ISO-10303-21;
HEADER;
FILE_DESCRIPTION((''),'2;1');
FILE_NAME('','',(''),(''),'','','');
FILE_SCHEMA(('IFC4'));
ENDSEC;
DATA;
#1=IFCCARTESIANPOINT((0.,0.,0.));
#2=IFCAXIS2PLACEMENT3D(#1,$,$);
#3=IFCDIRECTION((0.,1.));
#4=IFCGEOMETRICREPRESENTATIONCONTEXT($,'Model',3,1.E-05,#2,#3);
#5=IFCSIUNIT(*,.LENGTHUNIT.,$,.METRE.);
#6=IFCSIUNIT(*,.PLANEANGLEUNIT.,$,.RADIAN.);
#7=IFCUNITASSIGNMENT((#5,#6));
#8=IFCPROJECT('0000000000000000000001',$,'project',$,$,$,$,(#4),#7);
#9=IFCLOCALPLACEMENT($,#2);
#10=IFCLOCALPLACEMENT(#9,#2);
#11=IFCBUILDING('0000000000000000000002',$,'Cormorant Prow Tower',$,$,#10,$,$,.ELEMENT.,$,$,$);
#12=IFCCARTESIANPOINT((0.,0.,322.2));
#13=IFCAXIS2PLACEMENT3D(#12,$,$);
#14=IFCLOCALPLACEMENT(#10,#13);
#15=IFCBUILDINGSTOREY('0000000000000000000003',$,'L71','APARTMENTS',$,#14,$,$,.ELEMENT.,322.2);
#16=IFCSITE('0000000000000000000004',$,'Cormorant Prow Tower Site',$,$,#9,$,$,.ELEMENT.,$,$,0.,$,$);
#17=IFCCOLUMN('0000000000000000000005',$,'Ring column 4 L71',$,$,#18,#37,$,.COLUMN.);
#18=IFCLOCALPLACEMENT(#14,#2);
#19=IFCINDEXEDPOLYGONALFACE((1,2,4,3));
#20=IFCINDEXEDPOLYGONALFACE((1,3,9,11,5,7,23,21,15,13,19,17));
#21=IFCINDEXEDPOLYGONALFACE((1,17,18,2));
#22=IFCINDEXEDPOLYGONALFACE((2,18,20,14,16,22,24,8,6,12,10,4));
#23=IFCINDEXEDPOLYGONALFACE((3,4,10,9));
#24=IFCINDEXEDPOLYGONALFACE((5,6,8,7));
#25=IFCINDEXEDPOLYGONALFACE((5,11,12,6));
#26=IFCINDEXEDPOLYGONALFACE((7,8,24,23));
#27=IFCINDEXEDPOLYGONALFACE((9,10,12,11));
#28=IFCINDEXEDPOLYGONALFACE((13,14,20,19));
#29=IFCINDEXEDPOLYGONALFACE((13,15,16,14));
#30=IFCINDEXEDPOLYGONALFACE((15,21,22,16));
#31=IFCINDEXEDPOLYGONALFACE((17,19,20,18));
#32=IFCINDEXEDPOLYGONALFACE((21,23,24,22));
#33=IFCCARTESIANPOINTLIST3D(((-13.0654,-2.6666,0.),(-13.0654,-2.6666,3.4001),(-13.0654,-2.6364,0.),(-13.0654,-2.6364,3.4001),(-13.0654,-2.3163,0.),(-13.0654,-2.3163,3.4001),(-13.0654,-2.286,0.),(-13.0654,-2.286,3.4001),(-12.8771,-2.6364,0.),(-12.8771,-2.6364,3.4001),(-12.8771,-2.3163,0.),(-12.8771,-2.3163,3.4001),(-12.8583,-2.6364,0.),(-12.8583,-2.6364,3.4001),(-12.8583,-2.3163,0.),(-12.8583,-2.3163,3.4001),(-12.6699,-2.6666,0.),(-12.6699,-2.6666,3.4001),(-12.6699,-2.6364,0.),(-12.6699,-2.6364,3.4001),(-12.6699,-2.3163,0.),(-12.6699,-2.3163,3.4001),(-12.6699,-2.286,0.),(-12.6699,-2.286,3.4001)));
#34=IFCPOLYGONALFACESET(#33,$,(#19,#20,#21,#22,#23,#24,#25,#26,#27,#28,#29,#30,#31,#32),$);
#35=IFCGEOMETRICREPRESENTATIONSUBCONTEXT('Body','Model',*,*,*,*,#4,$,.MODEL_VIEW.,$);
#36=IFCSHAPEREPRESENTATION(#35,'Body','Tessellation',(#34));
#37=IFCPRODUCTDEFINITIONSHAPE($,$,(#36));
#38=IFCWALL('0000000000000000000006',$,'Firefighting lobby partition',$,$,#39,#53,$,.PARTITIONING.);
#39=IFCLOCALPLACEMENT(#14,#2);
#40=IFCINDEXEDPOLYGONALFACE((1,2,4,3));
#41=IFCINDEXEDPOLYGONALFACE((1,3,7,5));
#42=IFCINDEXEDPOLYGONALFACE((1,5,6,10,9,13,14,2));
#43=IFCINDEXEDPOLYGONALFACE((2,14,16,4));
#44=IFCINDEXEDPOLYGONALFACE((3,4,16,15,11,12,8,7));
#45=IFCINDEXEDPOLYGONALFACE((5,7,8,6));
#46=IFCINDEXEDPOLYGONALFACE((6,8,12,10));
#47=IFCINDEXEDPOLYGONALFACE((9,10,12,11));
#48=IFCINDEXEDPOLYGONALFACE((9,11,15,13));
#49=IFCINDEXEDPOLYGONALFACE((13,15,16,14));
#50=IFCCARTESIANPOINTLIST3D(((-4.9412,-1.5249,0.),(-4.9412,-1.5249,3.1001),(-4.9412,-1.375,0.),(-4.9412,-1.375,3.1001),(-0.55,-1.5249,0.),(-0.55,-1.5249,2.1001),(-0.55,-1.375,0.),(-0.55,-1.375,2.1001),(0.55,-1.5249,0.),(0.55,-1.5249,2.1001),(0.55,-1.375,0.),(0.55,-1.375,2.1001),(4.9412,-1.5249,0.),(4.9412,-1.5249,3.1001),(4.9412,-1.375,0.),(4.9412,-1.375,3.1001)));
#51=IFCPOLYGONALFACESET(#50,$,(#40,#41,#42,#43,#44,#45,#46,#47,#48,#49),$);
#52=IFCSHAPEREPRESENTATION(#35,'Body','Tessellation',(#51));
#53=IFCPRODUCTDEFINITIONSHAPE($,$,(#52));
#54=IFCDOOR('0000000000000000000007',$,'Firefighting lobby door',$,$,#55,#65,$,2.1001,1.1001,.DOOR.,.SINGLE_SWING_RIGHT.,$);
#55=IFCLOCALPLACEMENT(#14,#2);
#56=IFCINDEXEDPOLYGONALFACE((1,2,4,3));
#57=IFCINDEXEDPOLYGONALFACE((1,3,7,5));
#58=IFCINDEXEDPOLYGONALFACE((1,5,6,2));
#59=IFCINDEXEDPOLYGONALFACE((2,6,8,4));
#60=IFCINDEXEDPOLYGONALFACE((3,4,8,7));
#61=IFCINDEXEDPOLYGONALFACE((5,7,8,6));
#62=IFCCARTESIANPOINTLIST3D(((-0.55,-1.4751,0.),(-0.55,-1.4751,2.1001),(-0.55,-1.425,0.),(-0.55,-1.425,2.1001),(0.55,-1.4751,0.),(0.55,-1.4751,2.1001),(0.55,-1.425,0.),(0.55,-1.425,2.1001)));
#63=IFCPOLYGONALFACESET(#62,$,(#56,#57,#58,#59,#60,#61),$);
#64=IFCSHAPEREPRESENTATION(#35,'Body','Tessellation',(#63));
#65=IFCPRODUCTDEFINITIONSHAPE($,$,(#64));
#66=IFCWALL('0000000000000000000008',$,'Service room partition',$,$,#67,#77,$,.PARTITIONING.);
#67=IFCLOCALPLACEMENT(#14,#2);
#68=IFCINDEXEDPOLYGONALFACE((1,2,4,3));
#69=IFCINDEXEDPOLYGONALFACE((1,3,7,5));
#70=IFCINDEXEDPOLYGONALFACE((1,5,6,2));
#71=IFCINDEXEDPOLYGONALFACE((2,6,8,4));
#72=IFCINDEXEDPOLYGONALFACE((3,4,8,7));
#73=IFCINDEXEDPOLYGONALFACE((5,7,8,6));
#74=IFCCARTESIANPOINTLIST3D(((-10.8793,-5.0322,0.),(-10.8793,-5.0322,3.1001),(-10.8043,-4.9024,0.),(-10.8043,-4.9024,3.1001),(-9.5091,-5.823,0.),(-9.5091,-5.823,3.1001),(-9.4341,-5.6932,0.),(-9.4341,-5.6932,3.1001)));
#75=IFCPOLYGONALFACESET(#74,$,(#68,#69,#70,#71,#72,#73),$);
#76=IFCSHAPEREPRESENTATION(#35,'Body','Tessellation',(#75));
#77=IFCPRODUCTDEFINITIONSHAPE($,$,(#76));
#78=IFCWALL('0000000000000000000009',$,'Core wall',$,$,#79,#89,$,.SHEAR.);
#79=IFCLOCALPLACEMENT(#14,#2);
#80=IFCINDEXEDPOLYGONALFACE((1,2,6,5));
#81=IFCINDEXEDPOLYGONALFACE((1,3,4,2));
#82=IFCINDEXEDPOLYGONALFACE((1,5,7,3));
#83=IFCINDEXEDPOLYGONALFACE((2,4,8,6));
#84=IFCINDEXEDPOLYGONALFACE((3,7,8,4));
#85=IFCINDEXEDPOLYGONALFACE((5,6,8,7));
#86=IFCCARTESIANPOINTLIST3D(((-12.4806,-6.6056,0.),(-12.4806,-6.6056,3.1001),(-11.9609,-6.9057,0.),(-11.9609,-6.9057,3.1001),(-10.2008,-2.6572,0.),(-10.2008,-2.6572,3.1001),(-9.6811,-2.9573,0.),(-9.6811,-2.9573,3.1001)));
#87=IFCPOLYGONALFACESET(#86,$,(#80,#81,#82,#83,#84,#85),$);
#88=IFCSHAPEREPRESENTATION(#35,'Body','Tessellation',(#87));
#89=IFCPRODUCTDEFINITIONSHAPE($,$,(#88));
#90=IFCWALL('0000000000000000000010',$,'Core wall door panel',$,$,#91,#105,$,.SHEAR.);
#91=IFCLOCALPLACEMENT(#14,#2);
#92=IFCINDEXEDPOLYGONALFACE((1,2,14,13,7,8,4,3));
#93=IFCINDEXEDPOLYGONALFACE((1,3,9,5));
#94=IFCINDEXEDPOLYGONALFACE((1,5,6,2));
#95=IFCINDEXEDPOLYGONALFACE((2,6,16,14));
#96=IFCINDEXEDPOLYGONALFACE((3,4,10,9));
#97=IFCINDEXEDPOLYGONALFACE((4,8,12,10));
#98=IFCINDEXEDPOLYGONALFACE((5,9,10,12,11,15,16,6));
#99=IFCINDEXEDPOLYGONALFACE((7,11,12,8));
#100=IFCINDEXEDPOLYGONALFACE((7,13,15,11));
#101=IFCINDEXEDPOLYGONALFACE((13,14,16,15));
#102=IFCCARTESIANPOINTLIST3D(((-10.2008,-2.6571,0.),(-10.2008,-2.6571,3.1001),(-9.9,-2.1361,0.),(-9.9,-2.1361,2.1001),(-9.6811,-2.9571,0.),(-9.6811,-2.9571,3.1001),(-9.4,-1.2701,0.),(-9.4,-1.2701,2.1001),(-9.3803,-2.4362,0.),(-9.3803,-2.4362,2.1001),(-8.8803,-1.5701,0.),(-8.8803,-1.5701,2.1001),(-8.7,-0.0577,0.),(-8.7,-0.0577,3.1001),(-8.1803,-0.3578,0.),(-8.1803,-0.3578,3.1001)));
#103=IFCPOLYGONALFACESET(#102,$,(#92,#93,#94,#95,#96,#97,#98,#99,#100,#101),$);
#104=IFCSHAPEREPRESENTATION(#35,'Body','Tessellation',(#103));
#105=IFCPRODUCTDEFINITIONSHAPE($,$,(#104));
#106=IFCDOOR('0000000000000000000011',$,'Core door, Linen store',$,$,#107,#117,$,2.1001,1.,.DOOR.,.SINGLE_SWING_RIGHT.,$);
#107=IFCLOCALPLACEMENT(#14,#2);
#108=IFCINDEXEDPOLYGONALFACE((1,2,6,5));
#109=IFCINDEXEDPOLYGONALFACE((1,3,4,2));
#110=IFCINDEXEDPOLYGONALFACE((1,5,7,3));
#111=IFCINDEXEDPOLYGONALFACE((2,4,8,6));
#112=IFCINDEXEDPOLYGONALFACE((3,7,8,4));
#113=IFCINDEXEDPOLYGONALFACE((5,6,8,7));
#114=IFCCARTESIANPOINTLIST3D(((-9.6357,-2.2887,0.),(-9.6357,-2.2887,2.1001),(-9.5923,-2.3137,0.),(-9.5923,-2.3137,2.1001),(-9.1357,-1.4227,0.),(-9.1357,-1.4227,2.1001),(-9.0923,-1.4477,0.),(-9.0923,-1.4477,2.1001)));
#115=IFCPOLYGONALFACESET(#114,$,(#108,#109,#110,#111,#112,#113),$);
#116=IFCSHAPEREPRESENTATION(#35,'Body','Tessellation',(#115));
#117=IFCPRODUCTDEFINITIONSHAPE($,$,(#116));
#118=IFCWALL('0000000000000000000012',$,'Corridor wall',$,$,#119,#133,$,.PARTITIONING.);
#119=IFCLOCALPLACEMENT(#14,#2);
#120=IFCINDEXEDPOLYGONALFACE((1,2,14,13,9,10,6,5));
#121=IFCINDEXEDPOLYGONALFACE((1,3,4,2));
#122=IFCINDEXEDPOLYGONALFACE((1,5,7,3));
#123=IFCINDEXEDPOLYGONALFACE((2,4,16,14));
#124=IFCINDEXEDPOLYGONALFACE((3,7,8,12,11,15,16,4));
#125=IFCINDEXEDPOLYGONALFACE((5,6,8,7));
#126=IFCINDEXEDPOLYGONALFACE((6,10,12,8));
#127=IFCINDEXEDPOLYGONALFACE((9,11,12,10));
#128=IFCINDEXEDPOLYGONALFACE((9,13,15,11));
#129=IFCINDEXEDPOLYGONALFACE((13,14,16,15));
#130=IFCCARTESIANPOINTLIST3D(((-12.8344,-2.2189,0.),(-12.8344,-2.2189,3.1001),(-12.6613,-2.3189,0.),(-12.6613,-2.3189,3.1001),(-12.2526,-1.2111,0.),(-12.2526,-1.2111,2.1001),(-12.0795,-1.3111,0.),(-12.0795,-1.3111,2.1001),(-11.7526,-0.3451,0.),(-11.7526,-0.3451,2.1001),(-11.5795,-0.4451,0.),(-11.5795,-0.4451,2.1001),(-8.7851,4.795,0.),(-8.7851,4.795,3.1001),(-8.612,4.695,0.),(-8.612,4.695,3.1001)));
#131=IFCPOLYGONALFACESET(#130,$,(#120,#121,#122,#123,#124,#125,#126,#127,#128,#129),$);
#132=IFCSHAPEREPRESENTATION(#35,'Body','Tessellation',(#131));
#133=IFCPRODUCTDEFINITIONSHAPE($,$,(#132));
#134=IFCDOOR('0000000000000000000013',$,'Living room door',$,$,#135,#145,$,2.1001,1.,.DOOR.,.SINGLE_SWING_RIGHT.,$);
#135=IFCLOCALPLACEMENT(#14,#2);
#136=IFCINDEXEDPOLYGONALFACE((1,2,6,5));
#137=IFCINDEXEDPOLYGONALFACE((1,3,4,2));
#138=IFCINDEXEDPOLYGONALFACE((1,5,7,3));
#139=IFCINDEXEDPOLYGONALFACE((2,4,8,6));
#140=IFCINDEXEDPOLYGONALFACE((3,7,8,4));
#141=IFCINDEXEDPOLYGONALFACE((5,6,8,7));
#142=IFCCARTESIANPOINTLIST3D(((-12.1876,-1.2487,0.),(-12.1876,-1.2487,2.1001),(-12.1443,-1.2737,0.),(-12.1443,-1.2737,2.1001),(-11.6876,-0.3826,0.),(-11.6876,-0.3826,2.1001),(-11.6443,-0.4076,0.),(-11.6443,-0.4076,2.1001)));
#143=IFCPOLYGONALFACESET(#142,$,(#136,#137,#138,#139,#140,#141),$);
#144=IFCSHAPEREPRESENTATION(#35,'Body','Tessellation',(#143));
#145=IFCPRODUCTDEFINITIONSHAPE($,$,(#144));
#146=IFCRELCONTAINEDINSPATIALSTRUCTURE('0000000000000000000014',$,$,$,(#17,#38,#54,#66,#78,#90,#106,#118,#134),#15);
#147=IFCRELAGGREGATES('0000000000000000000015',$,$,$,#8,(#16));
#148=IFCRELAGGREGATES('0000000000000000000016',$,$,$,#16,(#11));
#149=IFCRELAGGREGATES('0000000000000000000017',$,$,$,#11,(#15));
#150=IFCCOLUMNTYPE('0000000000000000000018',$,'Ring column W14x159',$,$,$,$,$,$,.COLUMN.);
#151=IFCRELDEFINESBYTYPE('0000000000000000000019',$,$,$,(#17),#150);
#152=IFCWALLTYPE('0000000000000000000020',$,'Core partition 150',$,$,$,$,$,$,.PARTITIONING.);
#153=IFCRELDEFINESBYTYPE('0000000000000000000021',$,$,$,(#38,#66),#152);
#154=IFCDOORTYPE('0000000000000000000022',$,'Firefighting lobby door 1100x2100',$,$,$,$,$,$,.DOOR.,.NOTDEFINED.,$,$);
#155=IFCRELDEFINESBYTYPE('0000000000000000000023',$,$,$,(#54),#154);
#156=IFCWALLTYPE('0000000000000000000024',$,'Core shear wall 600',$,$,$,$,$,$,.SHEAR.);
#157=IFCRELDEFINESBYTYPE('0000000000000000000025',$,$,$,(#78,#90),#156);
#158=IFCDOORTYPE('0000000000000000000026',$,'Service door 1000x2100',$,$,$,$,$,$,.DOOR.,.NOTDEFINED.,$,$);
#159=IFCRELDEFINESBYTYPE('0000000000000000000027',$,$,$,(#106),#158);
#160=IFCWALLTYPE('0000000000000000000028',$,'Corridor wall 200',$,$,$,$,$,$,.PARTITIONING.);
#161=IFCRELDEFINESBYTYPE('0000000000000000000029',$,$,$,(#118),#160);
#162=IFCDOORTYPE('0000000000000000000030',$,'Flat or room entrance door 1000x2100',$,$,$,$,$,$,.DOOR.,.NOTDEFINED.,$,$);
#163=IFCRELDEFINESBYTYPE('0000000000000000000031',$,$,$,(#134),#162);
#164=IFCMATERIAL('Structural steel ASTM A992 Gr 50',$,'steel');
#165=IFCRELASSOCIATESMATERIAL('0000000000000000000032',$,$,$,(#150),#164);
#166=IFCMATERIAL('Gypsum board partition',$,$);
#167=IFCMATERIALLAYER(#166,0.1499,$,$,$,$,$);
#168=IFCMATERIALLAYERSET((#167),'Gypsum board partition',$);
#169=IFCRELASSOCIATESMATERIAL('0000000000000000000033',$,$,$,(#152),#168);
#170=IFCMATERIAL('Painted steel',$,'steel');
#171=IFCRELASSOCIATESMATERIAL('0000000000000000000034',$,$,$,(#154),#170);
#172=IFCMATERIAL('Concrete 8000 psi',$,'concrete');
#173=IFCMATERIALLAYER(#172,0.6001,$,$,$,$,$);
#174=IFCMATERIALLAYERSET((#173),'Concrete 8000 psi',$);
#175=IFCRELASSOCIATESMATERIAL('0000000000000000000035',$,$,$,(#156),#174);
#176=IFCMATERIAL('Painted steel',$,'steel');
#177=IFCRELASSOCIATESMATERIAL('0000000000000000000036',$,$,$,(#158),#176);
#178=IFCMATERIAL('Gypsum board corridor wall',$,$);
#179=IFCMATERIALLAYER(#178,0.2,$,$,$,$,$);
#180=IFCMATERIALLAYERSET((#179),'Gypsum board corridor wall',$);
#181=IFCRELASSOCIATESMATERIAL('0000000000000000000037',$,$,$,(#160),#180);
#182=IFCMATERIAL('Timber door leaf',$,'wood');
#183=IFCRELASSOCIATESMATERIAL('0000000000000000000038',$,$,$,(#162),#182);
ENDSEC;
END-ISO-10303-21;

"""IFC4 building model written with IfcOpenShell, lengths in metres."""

from ifc_helpers import new_model, si_unit, direction, frame, frame_2d, origin, origin_2d, place, context, subcontext, project, spatial, rectangle, i_section, extrude, material, layer, layer_set, material_profile, profile_set, type_object, element, fill, save


model = new_model("IFC4")

# Units and contexts
model_context = context("Model", 3, precision=1e-05, world=origin(), true_north=direction((0.0, 1.0)))
body_context = subcontext(model_context, "Body", "Model", "MODEL_VIEW")
ifc_project = project(units=[si_unit("LENGTHUNIT", "METRE"), si_unit("PLANEANGLEUNIT", "RADIAN")], contexts=[model_context])

# Site, building, storey
site_placement = place(None, origin())
site = spatial("IfcSite", under=ifc_project, at=site_placement, Name="Cormorant Prow Tower Site", CompositionType="ELEMENT", RefElevation=0.0)
building_placement = place(site_placement, origin())
building = spatial("IfcBuilding", under=site, at=building_placement, Name="Cormorant Prow Tower", CompositionType="ELEMENT")
storey_placement = place(building_placement, frame((0.0, 0.0, 322.2)))
storey = spatial("IfcBuildingStorey", under=building, at=storey_placement, Name="L71", Description="APARTMENTS", CompositionType="ELEMENT", Elevation=322.2)

# Column
ifc_material_1 = material(Name="Structural steel ASTM A992 Gr 50", Category="steel")
ifc_material_profile = material_profile(ifc_material_1, i_section(OverallWidth=0.3955, OverallDepth=0.3806, WebThickness=0.0188, FlangeThickness=0.0303, at=origin_2d()), Name="W14x159")
ifc_profile_set = profile_set([ifc_material_profile], Name="Structural steel ASTM A992 Gr 50")
column_type = type_object("IfcColumnType", Name="Ring column W14x159", PredefinedType="COLUMN", material=ifc_profile_set)
column_placement = place(storey_placement, frame((-12.8677, -2.4763, 0.0), z_axis=(0.0, 0.0, 1.0), x_axis=(1.0, 0.0, 0.0)))
element("IfcColumn", 1, at=column_placement, inside=storey, type_object=column_type, Name="Ring column 4 L71", PredefinedType="COLUMN", context=body_context, shape_type="SweptSolid", body=[
    extrude(i_section(OverallWidth=0.3955, OverallDepth=0.3806, WebThickness=0.0188, FlangeThickness=0.0303, at=origin_2d()), origin(), (0.0, 0.0, 1.0), 3.4001),
])

# Wall, opening, door
ifc_material_2 = material(Name="Gypsum board partition")
ifc_layer_1 = layer(ifc_material_2, 0.1499)
ifc_layer_set_1 = layer_set([ifc_layer_1], Name="Gypsum board partition")
wall_type_1 = type_object("IfcWallType", Name="Core partition 150", PredefinedType="PARTITIONING", material=ifc_layer_set_1)
wall_1_placement = place(storey_placement, frame((-4.9412, -1.45, 0.0), z_axis=(0.0, 0.0, 1.0), x_axis=(1.0, 0.0, 0.0)))
wall_1 = element("IfcWall", 2, at=wall_1_placement, inside=storey, type_object=wall_type_1, Name="Firefighting lobby partition", PredefinedType="PARTITIONING", context=body_context, shape_type="SweptSolid", body=[
    extrude(rectangle(XDim=9.8823, YDim=0.1499, at=frame_2d((4.9412, 0.0))), origin(), (0.0, 0.0, 1.0), 3.1001),
])
opening_1_placement = place(wall_1_placement, frame((4.3911, 0.0, 0.0)))
opening_1 = element("IfcOpeningElement", 3, at=opening_1_placement, cuts=wall_1, PredefinedType="OPENING", context=body_context, shape_type="SweptSolid", body=[
    extrude(rectangle(XDim=1.1001, YDim=2.1001, at=frame_2d((0.55, 1.05))), frame((0.0, 0.085, 0.0), z_axis=(0.0, -1.0, 0.0), x_axis=(1.0, 0.0, 0.0)), (0.0, 0.0, 1.0), 0.1699),
])
ifc_material_3 = material(Name="Painted steel", Category="steel")
door_type_1 = type_object("IfcDoorType", Name="Firefighting lobby door 1100x2100", OperationType="NOTDEFINED", PredefinedType="DOOR", material=ifc_material_3)
door_1_placement = place(opening_1_placement, origin())
door_1 = element("IfcDoor", 4, at=door_1_placement, inside=storey, type_object=door_type_1, Name="Firefighting lobby door", OperationType="SINGLE_SWING_RIGHT", OverallHeight=2.1001, OverallWidth=1.1001, PredefinedType="DOOR", context=body_context, shape_type="SweptSolid", body=[
    extrude(rectangle(XDim=1.1001, YDim=2.1001, at=frame_2d((0.55, 1.05))), frame((0.0, 0.0249, 0.0), z_axis=(0.0, -1.0, 0.0), x_axis=(1.0, 0.0, 0.0)), (0.0, 0.0, 1.0), 0.05),
])
fill(opening_1, door_1)

# Walls
wall_2_placement = place(storey_placement, frame((-10.8418, -4.9673, 0.0), z_axis=(0.0, 0.0, 1.0), x_axis=(0.866098, -0.499874, 0.0)))
element("IfcWall", 5, at=wall_2_placement, inside=storey, type_object=wall_type_1, Name="Service room partition", PredefinedType="PARTITIONING", context=body_context, shape_type="SweptSolid", body=[
    extrude(rectangle(XDim=1.582, YDim=0.1499, at=frame_2d((0.791, 0.0))), origin(), (0.0, 0.0, 1.0), 3.1001),
])
ifc_material_4 = material(Name="Concrete 8000 psi", Category="concrete")
ifc_layer_2 = layer(ifc_material_4, 0.6001)
ifc_layer_set_2 = layer_set([ifc_layer_2], Name="Concrete 8000 psi")
wall_type_2 = type_object("IfcWallType", Name="Core shear wall 600", PredefinedType="SHEAR", material=ifc_layer_set_2)
wall_3_placement = place(storey_placement, frame((-9.9409, -2.8071, 0.0), z_axis=(0.0, 0.0, 1.0), x_axis=(-0.500021, -0.866013, 0.0)))
element("IfcWall", 6, at=wall_3_placement, inside=storey, type_object=wall_type_2, Name="Core wall", PredefinedType="SHEAR", context=body_context, shape_type="SweptSolid", body=[
    extrude(rectangle(XDim=4.5593, YDim=0.6001, at=frame_2d((2.2798, 0.0))), origin(), (0.0, 0.0, 1.0), 3.1001),
])

# Walls, openings, doors
wall_4_placement = place(storey_placement, frame((-8.4402, -0.2078, 0.0), z_axis=(0.0, 0.0, 1.0), x_axis=(-0.499997, -0.866027, 0.0)))
wall_4 = element("IfcWall", 7, at=wall_4_placement, inside=storey, type_object=wall_type_2, Name="Core wall door panel", PredefinedType="SHEAR", context=body_context, shape_type="SweptSolid", body=[
    extrude(rectangle(XDim=3.0015, YDim=0.6001, at=frame_2d((1.5007, 0.0))), origin(), (0.0, 0.0, 1.0), 3.1001),
])
opening_2_placement = place(wall_4_placement, frame((1.3999, 0.0, 0.0)))
opening_2 = element("IfcOpeningElement", 8, at=opening_2_placement, cuts=wall_4, PredefinedType="OPENING", context=body_context, shape_type="SweptSolid", body=[
    extrude(rectangle(XDim=1.0, YDim=2.1001, at=frame_2d((0.5, 1.05))), frame((0.0, 0.3101, 0.0), z_axis=(0.0, -1.0, 0.0), x_axis=(1.0, 0.0, 0.0)), (0.0, 0.0, 1.0), 0.6201),
])
ifc_material_5 = material(Name="Painted steel", Category="steel")
door_type_2 = type_object("IfcDoorType", Name="Service door 1000x2100", OperationType="NOTDEFINED", PredefinedType="DOOR", material=ifc_material_5)
door_2_placement = place(opening_2_placement, origin())
door_2 = element("IfcDoor", 9, at=door_2_placement, inside=storey, type_object=door_type_2, Name="Core door, Linen store", OperationType="SINGLE_SWING_RIGHT", OverallHeight=2.1001, OverallWidth=1.0, PredefinedType="DOOR", context=body_context, shape_type="SweptSolid", body=[
    extrude(rectangle(XDim=1.0, YDim=2.1001, at=frame_2d((0.5, 1.05))), frame((0.0, 0.0552, 0.0), z_axis=(0.0, -1.0, 0.0), x_axis=(1.0, 0.0, 0.0)), (0.0, 0.0, 1.0), 0.05),
])
fill(opening_2, door_2)
ifc_material_6 = material(Name="Gypsum board corridor wall")
ifc_layer_3 = layer(ifc_material_6, 0.2)
ifc_layer_set_3 = layer_set([ifc_layer_3], Name="Gypsum board corridor wall")
wall_type_3 = type_object("IfcWallType", Name="Corridor wall 200", PredefinedType="PARTITIONING", material=ifc_layer_set_3)
wall_5_placement = place(storey_placement, frame((-12.7478, -2.2688, 0.0), z_axis=(0.0, 0.0, 1.0), x_axis=(0.499984, 0.866034, 0.0)))
wall_5 = element("IfcWall", 10, at=wall_5_placement, inside=storey, type_object=wall_type_3, Name="Corridor wall", PredefinedType="PARTITIONING", context=body_context, shape_type="SweptSolid", body=[
    extrude(rectangle(XDim=8.0989, YDim=0.2, at=frame_2d((4.0493, 0.0))), origin(), (0.0, 0.0, 1.0), 3.1001),
])
opening_3_placement = place(wall_5_placement, frame((1.1636, 0.0, 0.0)))
opening_3 = element("IfcOpeningElement", 11, at=opening_3_placement, cuts=wall_5, PredefinedType="OPENING", context=body_context, shape_type="SweptSolid", body=[
    extrude(rectangle(XDim=1.0, YDim=2.1001, at=frame_2d((0.5, 1.05))), frame((0.0, 0.1099, 0.0), z_axis=(0.0, -1.0, 0.0), x_axis=(1.0, 0.0, 0.0)), (0.0, 0.0, 1.0), 0.22),
])
ifc_material_7 = material(Name="Timber door leaf", Category="wood")
door_type_3 = type_object("IfcDoorType", Name="Flat or room entrance door 1000x2100", OperationType="NOTDEFINED", PredefinedType="DOOR", material=ifc_material_7)
door_3_placement = place(opening_3_placement, origin())
door_3 = element("IfcDoor", 12, at=door_3_placement, inside=storey, type_object=door_type_3, Name="Living room door", OperationType="SINGLE_SWING_RIGHT", OverallHeight=2.1001, OverallWidth=1.0, PredefinedType="DOOR", context=body_context, shape_type="SweptSolid", body=[
    extrude(rectangle(XDim=1.0, YDim=2.1001, at=frame_2d((0.5, 1.05))), frame((0.0, 0.0249, 0.0), z_axis=(0.0, -1.0, 0.0), x_axis=(1.0, 0.0, 0.0)), (0.0, 0.0, 1.0), 0.05),
])
fill(opening_3, door_3)

save(model, "model.ifc")
